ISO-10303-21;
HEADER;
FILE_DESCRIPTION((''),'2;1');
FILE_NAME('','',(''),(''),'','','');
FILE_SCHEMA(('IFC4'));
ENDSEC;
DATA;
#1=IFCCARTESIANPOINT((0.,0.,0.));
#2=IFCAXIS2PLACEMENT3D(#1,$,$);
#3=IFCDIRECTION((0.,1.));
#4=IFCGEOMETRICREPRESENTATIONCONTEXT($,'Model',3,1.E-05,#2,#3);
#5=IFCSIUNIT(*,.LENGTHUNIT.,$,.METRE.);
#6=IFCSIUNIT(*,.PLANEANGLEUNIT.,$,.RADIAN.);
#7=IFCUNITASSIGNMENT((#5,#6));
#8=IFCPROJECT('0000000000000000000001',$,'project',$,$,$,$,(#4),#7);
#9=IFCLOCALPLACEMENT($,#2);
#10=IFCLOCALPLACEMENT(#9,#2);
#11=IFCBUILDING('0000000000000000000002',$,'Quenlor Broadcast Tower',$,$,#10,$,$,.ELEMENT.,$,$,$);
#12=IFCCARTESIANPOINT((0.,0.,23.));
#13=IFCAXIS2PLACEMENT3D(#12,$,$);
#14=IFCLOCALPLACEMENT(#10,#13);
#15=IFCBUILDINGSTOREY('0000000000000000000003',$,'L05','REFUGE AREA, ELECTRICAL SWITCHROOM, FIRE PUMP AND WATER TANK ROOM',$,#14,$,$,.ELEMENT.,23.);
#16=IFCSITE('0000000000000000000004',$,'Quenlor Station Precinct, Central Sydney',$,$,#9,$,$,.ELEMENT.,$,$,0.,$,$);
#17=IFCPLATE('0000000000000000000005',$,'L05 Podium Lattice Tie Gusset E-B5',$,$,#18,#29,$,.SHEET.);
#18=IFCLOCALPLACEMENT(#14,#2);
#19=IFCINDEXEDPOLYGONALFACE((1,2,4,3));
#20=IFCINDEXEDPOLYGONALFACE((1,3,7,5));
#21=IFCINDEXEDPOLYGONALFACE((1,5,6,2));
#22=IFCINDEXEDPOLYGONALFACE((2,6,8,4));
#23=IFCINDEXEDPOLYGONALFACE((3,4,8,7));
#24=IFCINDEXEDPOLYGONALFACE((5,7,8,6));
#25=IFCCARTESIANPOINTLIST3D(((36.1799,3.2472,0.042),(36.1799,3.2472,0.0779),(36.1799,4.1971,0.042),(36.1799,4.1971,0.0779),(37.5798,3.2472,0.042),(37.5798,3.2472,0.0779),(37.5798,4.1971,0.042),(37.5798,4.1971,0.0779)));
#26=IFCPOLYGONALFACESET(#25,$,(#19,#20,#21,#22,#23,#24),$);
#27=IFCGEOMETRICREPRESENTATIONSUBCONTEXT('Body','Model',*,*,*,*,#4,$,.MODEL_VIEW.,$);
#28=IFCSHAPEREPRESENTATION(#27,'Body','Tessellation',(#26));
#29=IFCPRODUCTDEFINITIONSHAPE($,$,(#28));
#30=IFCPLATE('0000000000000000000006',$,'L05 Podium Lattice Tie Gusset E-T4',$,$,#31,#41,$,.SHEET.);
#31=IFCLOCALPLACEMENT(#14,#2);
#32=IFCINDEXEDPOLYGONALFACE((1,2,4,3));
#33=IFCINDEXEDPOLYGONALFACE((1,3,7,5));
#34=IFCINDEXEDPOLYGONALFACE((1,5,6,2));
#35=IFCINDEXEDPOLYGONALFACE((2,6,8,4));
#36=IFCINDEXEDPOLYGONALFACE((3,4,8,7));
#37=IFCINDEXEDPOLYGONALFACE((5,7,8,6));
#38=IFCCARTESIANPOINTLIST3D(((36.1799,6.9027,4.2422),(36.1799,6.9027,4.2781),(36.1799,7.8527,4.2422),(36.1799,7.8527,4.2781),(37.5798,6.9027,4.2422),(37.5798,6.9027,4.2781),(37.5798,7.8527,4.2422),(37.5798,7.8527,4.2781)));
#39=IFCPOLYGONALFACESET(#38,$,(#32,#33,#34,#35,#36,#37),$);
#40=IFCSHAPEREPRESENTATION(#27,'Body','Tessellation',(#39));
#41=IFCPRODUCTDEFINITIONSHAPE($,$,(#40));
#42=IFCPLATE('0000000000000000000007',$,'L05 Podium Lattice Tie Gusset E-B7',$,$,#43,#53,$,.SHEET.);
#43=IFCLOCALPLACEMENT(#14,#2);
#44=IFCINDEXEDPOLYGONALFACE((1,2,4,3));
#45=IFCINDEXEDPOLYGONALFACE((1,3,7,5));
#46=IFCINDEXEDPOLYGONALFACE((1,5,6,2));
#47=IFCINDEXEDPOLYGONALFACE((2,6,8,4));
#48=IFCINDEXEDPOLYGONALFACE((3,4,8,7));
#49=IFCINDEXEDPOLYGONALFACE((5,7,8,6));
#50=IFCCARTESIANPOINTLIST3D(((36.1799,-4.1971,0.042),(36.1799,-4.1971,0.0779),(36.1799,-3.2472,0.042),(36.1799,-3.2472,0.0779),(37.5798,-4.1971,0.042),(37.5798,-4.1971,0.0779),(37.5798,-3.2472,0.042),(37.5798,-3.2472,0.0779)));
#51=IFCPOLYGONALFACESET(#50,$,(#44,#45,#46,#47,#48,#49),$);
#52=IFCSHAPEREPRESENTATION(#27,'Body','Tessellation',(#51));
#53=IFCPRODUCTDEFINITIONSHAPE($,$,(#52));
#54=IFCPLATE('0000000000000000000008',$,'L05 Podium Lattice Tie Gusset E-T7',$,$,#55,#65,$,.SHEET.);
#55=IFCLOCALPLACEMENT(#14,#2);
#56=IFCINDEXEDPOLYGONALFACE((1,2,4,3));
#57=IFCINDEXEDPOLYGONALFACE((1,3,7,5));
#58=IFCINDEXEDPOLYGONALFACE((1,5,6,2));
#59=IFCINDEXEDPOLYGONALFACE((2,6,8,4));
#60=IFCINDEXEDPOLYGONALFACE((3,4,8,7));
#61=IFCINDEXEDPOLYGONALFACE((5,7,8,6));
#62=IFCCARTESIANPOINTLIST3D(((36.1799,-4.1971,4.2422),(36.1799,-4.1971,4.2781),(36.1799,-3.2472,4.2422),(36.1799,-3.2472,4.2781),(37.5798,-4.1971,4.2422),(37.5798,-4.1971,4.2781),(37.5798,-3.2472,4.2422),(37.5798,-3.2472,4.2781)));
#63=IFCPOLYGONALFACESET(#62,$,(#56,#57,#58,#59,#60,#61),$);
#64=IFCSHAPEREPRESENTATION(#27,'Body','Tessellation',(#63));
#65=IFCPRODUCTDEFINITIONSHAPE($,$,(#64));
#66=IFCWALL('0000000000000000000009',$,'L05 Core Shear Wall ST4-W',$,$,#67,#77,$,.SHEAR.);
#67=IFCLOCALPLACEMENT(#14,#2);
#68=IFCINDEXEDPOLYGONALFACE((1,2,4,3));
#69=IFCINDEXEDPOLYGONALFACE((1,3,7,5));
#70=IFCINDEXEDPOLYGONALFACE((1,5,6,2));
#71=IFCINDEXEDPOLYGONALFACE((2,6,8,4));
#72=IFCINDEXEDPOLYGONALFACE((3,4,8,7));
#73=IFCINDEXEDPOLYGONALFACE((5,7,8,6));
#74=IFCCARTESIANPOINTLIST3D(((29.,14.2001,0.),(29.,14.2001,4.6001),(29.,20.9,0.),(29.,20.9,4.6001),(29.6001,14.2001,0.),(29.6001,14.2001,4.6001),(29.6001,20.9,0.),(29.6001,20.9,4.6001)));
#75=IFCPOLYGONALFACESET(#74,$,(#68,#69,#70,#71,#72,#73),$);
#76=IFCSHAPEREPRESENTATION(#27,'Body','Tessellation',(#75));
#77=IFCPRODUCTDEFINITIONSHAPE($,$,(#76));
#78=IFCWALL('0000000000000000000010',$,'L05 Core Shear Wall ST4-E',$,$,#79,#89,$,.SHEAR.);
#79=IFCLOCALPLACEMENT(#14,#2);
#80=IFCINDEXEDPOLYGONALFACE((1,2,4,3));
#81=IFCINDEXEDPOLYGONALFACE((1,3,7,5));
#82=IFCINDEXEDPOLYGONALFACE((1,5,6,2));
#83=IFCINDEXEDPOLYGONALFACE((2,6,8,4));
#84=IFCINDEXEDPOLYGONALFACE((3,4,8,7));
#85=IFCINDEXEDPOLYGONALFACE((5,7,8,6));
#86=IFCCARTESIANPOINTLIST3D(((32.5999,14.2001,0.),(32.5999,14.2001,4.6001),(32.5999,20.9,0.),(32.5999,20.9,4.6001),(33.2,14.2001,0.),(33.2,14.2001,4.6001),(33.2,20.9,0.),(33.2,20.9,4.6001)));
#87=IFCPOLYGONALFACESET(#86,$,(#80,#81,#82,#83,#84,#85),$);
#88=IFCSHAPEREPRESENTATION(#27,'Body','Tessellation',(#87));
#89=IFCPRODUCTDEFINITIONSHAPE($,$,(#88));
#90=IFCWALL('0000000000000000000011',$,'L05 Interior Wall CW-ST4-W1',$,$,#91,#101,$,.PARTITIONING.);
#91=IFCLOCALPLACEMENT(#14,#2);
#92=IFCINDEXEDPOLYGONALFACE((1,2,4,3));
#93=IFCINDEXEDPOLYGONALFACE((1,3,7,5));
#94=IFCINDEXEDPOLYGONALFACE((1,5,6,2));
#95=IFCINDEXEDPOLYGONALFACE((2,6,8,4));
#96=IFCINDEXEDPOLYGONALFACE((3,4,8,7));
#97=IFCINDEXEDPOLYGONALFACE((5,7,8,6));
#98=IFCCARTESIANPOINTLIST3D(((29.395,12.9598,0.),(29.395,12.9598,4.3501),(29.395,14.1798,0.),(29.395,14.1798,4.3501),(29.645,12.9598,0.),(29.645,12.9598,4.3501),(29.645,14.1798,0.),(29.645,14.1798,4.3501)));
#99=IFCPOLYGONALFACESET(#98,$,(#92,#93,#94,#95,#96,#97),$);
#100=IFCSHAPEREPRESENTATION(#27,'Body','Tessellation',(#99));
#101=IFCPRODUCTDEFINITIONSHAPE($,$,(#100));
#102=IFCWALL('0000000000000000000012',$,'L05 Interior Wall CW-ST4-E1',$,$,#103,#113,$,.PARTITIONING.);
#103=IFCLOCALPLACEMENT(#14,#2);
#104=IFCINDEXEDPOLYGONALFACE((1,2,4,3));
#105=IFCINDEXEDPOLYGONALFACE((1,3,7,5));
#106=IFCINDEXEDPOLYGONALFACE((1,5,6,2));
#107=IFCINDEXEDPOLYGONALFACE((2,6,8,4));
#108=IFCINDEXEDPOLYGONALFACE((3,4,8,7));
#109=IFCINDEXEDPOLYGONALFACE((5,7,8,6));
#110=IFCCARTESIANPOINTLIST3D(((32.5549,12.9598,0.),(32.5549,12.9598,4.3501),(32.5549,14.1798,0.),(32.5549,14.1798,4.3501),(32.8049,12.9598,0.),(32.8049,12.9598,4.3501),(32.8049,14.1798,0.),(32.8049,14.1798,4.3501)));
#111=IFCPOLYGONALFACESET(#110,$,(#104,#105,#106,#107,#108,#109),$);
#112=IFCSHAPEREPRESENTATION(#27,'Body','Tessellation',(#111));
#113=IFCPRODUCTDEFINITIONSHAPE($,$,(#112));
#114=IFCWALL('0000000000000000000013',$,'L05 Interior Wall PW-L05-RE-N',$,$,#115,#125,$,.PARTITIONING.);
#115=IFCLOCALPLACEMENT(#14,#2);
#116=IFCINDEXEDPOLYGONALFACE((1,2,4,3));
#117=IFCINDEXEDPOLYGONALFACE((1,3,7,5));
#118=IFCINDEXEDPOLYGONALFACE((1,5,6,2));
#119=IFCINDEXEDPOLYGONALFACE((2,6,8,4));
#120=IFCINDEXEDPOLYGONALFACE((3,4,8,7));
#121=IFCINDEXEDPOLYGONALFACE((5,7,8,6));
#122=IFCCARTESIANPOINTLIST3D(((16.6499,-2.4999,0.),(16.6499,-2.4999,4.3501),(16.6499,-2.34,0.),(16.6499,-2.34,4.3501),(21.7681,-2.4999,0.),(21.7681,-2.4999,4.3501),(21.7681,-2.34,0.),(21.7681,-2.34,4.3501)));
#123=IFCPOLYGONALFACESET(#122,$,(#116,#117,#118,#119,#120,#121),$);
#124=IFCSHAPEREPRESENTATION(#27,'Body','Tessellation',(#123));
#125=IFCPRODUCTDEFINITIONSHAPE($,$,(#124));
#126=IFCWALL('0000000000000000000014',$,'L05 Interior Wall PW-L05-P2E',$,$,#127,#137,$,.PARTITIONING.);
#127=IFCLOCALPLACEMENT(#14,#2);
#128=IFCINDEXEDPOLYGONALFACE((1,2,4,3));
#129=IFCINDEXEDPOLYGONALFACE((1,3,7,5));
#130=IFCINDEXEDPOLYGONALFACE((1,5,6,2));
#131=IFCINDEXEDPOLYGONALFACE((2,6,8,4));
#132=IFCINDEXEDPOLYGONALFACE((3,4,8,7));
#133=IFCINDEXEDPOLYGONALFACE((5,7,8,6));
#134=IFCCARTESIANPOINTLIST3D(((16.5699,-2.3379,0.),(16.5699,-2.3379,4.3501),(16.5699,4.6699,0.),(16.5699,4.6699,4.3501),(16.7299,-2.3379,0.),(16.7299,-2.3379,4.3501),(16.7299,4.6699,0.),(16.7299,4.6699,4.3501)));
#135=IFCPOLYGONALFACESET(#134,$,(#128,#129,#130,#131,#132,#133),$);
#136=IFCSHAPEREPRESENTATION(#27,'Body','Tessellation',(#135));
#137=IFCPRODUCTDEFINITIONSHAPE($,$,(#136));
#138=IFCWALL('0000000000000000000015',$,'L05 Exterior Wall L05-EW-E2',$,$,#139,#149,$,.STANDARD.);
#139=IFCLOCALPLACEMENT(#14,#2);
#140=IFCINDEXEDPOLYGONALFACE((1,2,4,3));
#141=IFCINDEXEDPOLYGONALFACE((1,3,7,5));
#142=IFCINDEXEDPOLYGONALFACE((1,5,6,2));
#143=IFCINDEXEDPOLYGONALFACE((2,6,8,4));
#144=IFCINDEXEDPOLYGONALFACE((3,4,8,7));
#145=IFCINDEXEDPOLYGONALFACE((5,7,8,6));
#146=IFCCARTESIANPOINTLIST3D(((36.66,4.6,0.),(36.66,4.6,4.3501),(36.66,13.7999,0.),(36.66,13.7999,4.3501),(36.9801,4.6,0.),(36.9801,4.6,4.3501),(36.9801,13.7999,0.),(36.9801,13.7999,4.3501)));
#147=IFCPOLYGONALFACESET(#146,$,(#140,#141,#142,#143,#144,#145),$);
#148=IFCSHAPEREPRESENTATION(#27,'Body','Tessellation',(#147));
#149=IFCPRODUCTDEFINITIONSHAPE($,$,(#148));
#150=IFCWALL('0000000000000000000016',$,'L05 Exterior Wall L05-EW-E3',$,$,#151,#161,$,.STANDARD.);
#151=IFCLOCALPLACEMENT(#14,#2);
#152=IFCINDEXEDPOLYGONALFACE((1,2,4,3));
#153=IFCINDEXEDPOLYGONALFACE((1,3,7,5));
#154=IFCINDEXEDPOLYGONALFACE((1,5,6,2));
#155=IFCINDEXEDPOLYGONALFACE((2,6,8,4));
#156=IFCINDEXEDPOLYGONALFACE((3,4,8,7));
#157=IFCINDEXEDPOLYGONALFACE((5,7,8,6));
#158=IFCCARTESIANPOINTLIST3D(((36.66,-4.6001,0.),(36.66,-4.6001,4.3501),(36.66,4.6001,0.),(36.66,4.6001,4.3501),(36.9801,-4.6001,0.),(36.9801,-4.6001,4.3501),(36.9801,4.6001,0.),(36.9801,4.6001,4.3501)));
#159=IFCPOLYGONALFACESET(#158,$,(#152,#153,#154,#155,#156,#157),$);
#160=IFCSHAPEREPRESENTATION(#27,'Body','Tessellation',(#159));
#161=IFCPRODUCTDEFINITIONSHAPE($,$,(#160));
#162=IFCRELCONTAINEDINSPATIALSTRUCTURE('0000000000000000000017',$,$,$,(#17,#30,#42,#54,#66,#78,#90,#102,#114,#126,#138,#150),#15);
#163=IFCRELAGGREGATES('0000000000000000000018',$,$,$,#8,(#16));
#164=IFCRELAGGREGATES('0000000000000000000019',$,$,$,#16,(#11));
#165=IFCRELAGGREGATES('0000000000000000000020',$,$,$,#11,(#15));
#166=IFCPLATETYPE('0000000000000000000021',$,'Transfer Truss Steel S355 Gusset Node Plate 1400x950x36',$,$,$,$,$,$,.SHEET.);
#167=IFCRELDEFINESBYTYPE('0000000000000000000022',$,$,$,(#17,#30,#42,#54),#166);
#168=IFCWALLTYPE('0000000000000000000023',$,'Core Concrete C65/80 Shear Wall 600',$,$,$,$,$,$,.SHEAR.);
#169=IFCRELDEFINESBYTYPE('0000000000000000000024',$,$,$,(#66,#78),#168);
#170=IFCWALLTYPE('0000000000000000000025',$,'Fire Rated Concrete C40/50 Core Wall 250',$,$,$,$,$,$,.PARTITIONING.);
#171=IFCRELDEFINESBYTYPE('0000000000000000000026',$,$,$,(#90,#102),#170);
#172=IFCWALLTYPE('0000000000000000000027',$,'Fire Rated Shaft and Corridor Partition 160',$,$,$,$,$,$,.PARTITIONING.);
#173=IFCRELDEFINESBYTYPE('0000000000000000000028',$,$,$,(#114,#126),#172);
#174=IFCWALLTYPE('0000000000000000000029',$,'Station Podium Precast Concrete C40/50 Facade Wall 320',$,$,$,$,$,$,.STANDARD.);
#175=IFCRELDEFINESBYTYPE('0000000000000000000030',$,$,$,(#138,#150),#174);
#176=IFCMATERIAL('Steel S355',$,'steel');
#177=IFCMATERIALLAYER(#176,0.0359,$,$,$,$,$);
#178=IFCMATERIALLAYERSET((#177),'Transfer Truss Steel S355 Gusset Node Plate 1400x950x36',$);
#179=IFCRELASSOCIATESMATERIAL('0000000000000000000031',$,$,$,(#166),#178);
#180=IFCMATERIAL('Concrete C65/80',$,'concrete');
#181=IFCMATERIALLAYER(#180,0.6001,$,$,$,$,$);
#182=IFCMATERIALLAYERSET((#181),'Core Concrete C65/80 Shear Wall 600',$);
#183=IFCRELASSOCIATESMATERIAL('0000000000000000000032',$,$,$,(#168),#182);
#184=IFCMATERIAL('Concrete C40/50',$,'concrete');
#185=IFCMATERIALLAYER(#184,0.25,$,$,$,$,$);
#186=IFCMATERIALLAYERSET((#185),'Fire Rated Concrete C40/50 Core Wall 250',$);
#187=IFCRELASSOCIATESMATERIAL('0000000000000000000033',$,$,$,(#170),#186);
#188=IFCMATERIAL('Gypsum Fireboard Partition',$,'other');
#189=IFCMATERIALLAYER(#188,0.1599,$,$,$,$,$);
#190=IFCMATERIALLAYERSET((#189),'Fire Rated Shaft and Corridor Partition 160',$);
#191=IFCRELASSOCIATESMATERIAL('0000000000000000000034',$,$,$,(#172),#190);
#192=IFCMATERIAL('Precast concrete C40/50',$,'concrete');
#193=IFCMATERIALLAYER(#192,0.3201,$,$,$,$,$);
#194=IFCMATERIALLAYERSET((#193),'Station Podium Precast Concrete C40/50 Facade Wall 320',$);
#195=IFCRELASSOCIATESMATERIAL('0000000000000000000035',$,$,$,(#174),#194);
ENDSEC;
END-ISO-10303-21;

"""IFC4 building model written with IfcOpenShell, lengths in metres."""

from ifc_helpers import new_model, si_unit, direction, frame, frame_2d, origin, origin_2d, place, context, subcontext, project, spatial, rectangle, extrude, material, layer, layer_set, type_object, element, save


model = new_model("IFC4")

# Units and contexts
model_context = context("Model", 3, precision=1e-05, world=origin(), true_north=direction((0.0, 1.0)))
body_context = subcontext(model_context, "Body", "Model", "MODEL_VIEW")
ifc_project = project(units=[si_unit("LENGTHUNIT", "METRE"), si_unit("PLANEANGLEUNIT", "RADIAN")], contexts=[model_context])

# Site, building, storey
site_placement = place(None, origin())
site = spatial("IfcSite", under=ifc_project, at=site_placement, Name="Quenlor Station Precinct, Central Sydney", CompositionType="ELEMENT", RefElevation=0.0)
building_placement = place(site_placement, origin())
building = spatial("IfcBuilding", under=site, at=building_placement, Name="Quenlor Broadcast Tower", CompositionType="ELEMENT")
storey_placement = place(building_placement, frame((0.0, 0.0, 23.0)))
storey = spatial("IfcBuildingStorey", under=building, at=storey_placement, Name="L05", Description="REFUGE AREA, ELECTRICAL SWITCHROOM, FIRE PUMP AND WATER TANK ROOM", CompositionType="ELEMENT", Elevation=23.0)

# Plates
ifc_material_1 = material(Name="Steel S355", Category="steel")
ifc_layer_1 = layer(ifc_material_1, 0.0359)
ifc_layer_set_1 = layer_set([ifc_layer_1], Name="Transfer Truss Steel S355 Gusset Node Plate 1400x950x36")
plate_type_1 = type_object("IfcPlateType", Name="Transfer Truss Steel S355 Gusset Node Plate 1400x950x36", PredefinedType="SHEET", material=ifc_layer_set_1)
for number, where, z_axis, x_axis, name in (
    (1, (36.8799, 3.7222, 0.042), (0.0, 0.0, 1.0), (1.0, 0.0, 0.0), "L05 Podium Lattice Tie Gusset E-B5"),
    (2, (36.8799, 7.3777, 4.2422), (0.0, 0.0, 1.0), (1.0, 0.0, 0.0), "L05 Podium Lattice Tie Gusset E-T4"),
    (3, (36.8799, -3.7222, 0.042), (0.0, 0.0, 1.0), (1.0, 0.0, 0.0), "L05 Podium Lattice Tie Gusset E-B7"),
    (4, (36.8799, -3.7222, 4.2422), (0.0, 0.0, 1.0), (1.0, 0.0, 0.0), "L05 Podium Lattice Tie Gusset E-T7"),
):
    element("IfcPlate", number, at=place(storey_placement, frame(where, z_axis=z_axis, x_axis=x_axis)), inside=storey, type_object=plate_type_1, Name=name, PredefinedType="SHEET", context=body_context, shape_type="SweptSolid", body=[
        extrude(rectangle(XDim=1.3999, YDim=0.95, at=origin_2d()), origin(), (0.0, 0.0, 1.0), 0.0359),
    ])

# Walls
ifc_material_2 = material(Name="Concrete C65/80", Category="concrete")
ifc_layer_2 = layer(ifc_material_2, 0.6001)
ifc_layer_set_2 = layer_set([ifc_layer_2], Name="Core Concrete C65/80 Shear Wall 600")
wall_type_1 = type_object("IfcWallType", Name="Core Concrete C65/80 Shear Wall 600", PredefinedType="SHEAR", material=ifc_layer_set_2)
for number, where, z_axis, x_axis, name in (
    (5, (29.3, 14.2, 0.0), (0.0, 0.0, 1.0), (0.0, 1.0, 0.0), "L05 Core Shear Wall ST4-W"),
    (6, (32.8999, 14.2, 0.0), (0.0, 0.0, 1.0), (0.0, 1.0, 0.0), "L05 Core Shear Wall ST4-E"),
):
    element("IfcWall", number, at=place(storey_placement, frame(where, z_axis=z_axis, x_axis=x_axis)), inside=storey, type_object=wall_type_1, Name=name, PredefinedType="SHEAR", context=body_context, shape_type="SweptSolid", body=[
        extrude(rectangle(XDim=6.7, YDim=0.6001, at=frame_2d((3.3501, 0.0))), origin(), (0.0, 0.0, 1.0), 4.6001),
    ])

# Shared definitions
ifc_material_3 = material(Name="Concrete C40/50", Category="concrete")
ifc_layer_3 = layer(ifc_material_3, 0.25)
ifc_layer_set_3 = layer_set([ifc_layer_3], Name="Fire Rated Concrete C40/50 Core Wall 250")
wall_type_2 = type_object("IfcWallType", Name="Fire Rated Concrete C40/50 Core Wall 250", PredefinedType="PARTITIONING", material=ifc_layer_set_3)

# Walls
for number, where, z_axis, x_axis, name in (
    (7, (29.52, 12.96, 0.0), (0.0, 0.0, 1.0), (0.0, 1.0, 0.0), "L05 Interior Wall CW-ST4-W1"),
    (8, (32.6799, 12.96, 0.0), (0.0, 0.0, 1.0), (0.0, 1.0, 0.0), "L05 Interior Wall CW-ST4-E1"),
):
    element("IfcWall", number, at=place(storey_placement, frame(where, z_axis=z_axis, x_axis=x_axis)), inside=storey, type_object=wall_type_2, Name=name, PredefinedType="PARTITIONING", context=body_context, shape_type="SweptSolid", body=[
        extrude(rectangle(XDim=1.22, YDim=0.25, at=frame_2d((0.6099, 0.0))), origin(), (0.0, 0.0, 1.0), 4.3501),
    ])
ifc_material_4 = material(Name="Gypsum Fireboard Partition", Category="other")
ifc_layer_4 = layer(ifc_material_4, 0.1599)
ifc_layer_set_4 = layer_set([ifc_layer_4], Name="Fire Rated Shaft and Corridor Partition 160")
wall_type_3 = type_object("IfcWallType", Name="Fire Rated Shaft and Corridor Partition 160", PredefinedType="PARTITIONING", material=ifc_layer_set_4)
wall_1_placement = place(storey_placement, frame((16.6499, -2.4199, 0.0), z_axis=(0.0, 0.0, 1.0), x_axis=(1.0, 0.0, 0.0)))
element("IfcWall", 9, at=wall_1_placement, inside=storey, type_object=wall_type_3, Name="L05 Interior Wall PW-L05-RE-N", PredefinedType="PARTITIONING", context=body_context, shape_type="SweptSolid", body=[
    extrude(rectangle(XDim=5.1182, YDim=0.1599, at=frame_2d((2.5591, 0.0))), origin(), (0.0, 0.0, 1.0), 4.3501),
])
wall_2_placement = place(storey_placement, frame((16.6499, -2.3379, 0.0), z_axis=(0.0, 0.0, 1.0), x_axis=(0.0, 1.0, 0.0)))
element("IfcWall", 10, at=wall_2_placement, inside=storey, type_object=wall_type_3, Name="L05 Interior Wall PW-L05-P2E", PredefinedType="PARTITIONING", context=body_context, shape_type="SweptSolid", body=[
    extrude(rectangle(XDim=7.0078, YDim=0.1599, at=frame_2d((3.5039, 0.0))), origin(), (0.0, 0.0, 1.0), 4.3501),
])
ifc_material_5 = material(Name="Precast concrete C40/50", Category="concrete")
ifc_layer_5 = layer(ifc_material_5, 0.3201)
ifc_layer_set_5 = layer_set([ifc_layer_5], Name="Station Podium Precast Concrete C40/50 Facade Wall 320")
wall_type_4 = type_object("IfcWallType", Name="Station Podium Precast Concrete C40/50 Facade Wall 320", PredefinedType="STANDARD", material=ifc_layer_set_5)
wall_3_placement = place(storey_placement, frame((36.8201, 13.8, 0.0), z_axis=(0.0, 0.0, 1.0), x_axis=(0.0, -1.0, 0.0)))
element("IfcWall", 11, at=wall_3_placement, inside=storey, type_object=wall_type_4, Name="L05 Exterior Wall L05-EW-E2", PredefinedType="STANDARD", context=body_context, shape_type="SweptSolid", body=[
    extrude(rectangle(XDim=9.2, YDim=0.3201, at=frame_2d((4.6001, 0.0))), origin(), (0.0, 0.0, 1.0), 4.3501),
])
wall_4_placement = place(storey_placement, frame((36.8201, 4.6001, 0.0), z_axis=(0.0, 0.0, 1.0), x_axis=(0.0, -1.0, 0.0)))
element("IfcWall", 12, at=wall_4_placement, inside=storey, type_object=wall_type_4, Name="L05 Exterior Wall L05-EW-E3", PredefinedType="STANDARD", context=body_context, shape_type="SweptSolid", body=[
    extrude(rectangle(XDim=9.2002, YDim=0.3201, at=frame_2d((4.6001, 0.0))), origin(), (0.0, 0.0, 1.0), 4.3501),
])

save(model, "model.ifc")
